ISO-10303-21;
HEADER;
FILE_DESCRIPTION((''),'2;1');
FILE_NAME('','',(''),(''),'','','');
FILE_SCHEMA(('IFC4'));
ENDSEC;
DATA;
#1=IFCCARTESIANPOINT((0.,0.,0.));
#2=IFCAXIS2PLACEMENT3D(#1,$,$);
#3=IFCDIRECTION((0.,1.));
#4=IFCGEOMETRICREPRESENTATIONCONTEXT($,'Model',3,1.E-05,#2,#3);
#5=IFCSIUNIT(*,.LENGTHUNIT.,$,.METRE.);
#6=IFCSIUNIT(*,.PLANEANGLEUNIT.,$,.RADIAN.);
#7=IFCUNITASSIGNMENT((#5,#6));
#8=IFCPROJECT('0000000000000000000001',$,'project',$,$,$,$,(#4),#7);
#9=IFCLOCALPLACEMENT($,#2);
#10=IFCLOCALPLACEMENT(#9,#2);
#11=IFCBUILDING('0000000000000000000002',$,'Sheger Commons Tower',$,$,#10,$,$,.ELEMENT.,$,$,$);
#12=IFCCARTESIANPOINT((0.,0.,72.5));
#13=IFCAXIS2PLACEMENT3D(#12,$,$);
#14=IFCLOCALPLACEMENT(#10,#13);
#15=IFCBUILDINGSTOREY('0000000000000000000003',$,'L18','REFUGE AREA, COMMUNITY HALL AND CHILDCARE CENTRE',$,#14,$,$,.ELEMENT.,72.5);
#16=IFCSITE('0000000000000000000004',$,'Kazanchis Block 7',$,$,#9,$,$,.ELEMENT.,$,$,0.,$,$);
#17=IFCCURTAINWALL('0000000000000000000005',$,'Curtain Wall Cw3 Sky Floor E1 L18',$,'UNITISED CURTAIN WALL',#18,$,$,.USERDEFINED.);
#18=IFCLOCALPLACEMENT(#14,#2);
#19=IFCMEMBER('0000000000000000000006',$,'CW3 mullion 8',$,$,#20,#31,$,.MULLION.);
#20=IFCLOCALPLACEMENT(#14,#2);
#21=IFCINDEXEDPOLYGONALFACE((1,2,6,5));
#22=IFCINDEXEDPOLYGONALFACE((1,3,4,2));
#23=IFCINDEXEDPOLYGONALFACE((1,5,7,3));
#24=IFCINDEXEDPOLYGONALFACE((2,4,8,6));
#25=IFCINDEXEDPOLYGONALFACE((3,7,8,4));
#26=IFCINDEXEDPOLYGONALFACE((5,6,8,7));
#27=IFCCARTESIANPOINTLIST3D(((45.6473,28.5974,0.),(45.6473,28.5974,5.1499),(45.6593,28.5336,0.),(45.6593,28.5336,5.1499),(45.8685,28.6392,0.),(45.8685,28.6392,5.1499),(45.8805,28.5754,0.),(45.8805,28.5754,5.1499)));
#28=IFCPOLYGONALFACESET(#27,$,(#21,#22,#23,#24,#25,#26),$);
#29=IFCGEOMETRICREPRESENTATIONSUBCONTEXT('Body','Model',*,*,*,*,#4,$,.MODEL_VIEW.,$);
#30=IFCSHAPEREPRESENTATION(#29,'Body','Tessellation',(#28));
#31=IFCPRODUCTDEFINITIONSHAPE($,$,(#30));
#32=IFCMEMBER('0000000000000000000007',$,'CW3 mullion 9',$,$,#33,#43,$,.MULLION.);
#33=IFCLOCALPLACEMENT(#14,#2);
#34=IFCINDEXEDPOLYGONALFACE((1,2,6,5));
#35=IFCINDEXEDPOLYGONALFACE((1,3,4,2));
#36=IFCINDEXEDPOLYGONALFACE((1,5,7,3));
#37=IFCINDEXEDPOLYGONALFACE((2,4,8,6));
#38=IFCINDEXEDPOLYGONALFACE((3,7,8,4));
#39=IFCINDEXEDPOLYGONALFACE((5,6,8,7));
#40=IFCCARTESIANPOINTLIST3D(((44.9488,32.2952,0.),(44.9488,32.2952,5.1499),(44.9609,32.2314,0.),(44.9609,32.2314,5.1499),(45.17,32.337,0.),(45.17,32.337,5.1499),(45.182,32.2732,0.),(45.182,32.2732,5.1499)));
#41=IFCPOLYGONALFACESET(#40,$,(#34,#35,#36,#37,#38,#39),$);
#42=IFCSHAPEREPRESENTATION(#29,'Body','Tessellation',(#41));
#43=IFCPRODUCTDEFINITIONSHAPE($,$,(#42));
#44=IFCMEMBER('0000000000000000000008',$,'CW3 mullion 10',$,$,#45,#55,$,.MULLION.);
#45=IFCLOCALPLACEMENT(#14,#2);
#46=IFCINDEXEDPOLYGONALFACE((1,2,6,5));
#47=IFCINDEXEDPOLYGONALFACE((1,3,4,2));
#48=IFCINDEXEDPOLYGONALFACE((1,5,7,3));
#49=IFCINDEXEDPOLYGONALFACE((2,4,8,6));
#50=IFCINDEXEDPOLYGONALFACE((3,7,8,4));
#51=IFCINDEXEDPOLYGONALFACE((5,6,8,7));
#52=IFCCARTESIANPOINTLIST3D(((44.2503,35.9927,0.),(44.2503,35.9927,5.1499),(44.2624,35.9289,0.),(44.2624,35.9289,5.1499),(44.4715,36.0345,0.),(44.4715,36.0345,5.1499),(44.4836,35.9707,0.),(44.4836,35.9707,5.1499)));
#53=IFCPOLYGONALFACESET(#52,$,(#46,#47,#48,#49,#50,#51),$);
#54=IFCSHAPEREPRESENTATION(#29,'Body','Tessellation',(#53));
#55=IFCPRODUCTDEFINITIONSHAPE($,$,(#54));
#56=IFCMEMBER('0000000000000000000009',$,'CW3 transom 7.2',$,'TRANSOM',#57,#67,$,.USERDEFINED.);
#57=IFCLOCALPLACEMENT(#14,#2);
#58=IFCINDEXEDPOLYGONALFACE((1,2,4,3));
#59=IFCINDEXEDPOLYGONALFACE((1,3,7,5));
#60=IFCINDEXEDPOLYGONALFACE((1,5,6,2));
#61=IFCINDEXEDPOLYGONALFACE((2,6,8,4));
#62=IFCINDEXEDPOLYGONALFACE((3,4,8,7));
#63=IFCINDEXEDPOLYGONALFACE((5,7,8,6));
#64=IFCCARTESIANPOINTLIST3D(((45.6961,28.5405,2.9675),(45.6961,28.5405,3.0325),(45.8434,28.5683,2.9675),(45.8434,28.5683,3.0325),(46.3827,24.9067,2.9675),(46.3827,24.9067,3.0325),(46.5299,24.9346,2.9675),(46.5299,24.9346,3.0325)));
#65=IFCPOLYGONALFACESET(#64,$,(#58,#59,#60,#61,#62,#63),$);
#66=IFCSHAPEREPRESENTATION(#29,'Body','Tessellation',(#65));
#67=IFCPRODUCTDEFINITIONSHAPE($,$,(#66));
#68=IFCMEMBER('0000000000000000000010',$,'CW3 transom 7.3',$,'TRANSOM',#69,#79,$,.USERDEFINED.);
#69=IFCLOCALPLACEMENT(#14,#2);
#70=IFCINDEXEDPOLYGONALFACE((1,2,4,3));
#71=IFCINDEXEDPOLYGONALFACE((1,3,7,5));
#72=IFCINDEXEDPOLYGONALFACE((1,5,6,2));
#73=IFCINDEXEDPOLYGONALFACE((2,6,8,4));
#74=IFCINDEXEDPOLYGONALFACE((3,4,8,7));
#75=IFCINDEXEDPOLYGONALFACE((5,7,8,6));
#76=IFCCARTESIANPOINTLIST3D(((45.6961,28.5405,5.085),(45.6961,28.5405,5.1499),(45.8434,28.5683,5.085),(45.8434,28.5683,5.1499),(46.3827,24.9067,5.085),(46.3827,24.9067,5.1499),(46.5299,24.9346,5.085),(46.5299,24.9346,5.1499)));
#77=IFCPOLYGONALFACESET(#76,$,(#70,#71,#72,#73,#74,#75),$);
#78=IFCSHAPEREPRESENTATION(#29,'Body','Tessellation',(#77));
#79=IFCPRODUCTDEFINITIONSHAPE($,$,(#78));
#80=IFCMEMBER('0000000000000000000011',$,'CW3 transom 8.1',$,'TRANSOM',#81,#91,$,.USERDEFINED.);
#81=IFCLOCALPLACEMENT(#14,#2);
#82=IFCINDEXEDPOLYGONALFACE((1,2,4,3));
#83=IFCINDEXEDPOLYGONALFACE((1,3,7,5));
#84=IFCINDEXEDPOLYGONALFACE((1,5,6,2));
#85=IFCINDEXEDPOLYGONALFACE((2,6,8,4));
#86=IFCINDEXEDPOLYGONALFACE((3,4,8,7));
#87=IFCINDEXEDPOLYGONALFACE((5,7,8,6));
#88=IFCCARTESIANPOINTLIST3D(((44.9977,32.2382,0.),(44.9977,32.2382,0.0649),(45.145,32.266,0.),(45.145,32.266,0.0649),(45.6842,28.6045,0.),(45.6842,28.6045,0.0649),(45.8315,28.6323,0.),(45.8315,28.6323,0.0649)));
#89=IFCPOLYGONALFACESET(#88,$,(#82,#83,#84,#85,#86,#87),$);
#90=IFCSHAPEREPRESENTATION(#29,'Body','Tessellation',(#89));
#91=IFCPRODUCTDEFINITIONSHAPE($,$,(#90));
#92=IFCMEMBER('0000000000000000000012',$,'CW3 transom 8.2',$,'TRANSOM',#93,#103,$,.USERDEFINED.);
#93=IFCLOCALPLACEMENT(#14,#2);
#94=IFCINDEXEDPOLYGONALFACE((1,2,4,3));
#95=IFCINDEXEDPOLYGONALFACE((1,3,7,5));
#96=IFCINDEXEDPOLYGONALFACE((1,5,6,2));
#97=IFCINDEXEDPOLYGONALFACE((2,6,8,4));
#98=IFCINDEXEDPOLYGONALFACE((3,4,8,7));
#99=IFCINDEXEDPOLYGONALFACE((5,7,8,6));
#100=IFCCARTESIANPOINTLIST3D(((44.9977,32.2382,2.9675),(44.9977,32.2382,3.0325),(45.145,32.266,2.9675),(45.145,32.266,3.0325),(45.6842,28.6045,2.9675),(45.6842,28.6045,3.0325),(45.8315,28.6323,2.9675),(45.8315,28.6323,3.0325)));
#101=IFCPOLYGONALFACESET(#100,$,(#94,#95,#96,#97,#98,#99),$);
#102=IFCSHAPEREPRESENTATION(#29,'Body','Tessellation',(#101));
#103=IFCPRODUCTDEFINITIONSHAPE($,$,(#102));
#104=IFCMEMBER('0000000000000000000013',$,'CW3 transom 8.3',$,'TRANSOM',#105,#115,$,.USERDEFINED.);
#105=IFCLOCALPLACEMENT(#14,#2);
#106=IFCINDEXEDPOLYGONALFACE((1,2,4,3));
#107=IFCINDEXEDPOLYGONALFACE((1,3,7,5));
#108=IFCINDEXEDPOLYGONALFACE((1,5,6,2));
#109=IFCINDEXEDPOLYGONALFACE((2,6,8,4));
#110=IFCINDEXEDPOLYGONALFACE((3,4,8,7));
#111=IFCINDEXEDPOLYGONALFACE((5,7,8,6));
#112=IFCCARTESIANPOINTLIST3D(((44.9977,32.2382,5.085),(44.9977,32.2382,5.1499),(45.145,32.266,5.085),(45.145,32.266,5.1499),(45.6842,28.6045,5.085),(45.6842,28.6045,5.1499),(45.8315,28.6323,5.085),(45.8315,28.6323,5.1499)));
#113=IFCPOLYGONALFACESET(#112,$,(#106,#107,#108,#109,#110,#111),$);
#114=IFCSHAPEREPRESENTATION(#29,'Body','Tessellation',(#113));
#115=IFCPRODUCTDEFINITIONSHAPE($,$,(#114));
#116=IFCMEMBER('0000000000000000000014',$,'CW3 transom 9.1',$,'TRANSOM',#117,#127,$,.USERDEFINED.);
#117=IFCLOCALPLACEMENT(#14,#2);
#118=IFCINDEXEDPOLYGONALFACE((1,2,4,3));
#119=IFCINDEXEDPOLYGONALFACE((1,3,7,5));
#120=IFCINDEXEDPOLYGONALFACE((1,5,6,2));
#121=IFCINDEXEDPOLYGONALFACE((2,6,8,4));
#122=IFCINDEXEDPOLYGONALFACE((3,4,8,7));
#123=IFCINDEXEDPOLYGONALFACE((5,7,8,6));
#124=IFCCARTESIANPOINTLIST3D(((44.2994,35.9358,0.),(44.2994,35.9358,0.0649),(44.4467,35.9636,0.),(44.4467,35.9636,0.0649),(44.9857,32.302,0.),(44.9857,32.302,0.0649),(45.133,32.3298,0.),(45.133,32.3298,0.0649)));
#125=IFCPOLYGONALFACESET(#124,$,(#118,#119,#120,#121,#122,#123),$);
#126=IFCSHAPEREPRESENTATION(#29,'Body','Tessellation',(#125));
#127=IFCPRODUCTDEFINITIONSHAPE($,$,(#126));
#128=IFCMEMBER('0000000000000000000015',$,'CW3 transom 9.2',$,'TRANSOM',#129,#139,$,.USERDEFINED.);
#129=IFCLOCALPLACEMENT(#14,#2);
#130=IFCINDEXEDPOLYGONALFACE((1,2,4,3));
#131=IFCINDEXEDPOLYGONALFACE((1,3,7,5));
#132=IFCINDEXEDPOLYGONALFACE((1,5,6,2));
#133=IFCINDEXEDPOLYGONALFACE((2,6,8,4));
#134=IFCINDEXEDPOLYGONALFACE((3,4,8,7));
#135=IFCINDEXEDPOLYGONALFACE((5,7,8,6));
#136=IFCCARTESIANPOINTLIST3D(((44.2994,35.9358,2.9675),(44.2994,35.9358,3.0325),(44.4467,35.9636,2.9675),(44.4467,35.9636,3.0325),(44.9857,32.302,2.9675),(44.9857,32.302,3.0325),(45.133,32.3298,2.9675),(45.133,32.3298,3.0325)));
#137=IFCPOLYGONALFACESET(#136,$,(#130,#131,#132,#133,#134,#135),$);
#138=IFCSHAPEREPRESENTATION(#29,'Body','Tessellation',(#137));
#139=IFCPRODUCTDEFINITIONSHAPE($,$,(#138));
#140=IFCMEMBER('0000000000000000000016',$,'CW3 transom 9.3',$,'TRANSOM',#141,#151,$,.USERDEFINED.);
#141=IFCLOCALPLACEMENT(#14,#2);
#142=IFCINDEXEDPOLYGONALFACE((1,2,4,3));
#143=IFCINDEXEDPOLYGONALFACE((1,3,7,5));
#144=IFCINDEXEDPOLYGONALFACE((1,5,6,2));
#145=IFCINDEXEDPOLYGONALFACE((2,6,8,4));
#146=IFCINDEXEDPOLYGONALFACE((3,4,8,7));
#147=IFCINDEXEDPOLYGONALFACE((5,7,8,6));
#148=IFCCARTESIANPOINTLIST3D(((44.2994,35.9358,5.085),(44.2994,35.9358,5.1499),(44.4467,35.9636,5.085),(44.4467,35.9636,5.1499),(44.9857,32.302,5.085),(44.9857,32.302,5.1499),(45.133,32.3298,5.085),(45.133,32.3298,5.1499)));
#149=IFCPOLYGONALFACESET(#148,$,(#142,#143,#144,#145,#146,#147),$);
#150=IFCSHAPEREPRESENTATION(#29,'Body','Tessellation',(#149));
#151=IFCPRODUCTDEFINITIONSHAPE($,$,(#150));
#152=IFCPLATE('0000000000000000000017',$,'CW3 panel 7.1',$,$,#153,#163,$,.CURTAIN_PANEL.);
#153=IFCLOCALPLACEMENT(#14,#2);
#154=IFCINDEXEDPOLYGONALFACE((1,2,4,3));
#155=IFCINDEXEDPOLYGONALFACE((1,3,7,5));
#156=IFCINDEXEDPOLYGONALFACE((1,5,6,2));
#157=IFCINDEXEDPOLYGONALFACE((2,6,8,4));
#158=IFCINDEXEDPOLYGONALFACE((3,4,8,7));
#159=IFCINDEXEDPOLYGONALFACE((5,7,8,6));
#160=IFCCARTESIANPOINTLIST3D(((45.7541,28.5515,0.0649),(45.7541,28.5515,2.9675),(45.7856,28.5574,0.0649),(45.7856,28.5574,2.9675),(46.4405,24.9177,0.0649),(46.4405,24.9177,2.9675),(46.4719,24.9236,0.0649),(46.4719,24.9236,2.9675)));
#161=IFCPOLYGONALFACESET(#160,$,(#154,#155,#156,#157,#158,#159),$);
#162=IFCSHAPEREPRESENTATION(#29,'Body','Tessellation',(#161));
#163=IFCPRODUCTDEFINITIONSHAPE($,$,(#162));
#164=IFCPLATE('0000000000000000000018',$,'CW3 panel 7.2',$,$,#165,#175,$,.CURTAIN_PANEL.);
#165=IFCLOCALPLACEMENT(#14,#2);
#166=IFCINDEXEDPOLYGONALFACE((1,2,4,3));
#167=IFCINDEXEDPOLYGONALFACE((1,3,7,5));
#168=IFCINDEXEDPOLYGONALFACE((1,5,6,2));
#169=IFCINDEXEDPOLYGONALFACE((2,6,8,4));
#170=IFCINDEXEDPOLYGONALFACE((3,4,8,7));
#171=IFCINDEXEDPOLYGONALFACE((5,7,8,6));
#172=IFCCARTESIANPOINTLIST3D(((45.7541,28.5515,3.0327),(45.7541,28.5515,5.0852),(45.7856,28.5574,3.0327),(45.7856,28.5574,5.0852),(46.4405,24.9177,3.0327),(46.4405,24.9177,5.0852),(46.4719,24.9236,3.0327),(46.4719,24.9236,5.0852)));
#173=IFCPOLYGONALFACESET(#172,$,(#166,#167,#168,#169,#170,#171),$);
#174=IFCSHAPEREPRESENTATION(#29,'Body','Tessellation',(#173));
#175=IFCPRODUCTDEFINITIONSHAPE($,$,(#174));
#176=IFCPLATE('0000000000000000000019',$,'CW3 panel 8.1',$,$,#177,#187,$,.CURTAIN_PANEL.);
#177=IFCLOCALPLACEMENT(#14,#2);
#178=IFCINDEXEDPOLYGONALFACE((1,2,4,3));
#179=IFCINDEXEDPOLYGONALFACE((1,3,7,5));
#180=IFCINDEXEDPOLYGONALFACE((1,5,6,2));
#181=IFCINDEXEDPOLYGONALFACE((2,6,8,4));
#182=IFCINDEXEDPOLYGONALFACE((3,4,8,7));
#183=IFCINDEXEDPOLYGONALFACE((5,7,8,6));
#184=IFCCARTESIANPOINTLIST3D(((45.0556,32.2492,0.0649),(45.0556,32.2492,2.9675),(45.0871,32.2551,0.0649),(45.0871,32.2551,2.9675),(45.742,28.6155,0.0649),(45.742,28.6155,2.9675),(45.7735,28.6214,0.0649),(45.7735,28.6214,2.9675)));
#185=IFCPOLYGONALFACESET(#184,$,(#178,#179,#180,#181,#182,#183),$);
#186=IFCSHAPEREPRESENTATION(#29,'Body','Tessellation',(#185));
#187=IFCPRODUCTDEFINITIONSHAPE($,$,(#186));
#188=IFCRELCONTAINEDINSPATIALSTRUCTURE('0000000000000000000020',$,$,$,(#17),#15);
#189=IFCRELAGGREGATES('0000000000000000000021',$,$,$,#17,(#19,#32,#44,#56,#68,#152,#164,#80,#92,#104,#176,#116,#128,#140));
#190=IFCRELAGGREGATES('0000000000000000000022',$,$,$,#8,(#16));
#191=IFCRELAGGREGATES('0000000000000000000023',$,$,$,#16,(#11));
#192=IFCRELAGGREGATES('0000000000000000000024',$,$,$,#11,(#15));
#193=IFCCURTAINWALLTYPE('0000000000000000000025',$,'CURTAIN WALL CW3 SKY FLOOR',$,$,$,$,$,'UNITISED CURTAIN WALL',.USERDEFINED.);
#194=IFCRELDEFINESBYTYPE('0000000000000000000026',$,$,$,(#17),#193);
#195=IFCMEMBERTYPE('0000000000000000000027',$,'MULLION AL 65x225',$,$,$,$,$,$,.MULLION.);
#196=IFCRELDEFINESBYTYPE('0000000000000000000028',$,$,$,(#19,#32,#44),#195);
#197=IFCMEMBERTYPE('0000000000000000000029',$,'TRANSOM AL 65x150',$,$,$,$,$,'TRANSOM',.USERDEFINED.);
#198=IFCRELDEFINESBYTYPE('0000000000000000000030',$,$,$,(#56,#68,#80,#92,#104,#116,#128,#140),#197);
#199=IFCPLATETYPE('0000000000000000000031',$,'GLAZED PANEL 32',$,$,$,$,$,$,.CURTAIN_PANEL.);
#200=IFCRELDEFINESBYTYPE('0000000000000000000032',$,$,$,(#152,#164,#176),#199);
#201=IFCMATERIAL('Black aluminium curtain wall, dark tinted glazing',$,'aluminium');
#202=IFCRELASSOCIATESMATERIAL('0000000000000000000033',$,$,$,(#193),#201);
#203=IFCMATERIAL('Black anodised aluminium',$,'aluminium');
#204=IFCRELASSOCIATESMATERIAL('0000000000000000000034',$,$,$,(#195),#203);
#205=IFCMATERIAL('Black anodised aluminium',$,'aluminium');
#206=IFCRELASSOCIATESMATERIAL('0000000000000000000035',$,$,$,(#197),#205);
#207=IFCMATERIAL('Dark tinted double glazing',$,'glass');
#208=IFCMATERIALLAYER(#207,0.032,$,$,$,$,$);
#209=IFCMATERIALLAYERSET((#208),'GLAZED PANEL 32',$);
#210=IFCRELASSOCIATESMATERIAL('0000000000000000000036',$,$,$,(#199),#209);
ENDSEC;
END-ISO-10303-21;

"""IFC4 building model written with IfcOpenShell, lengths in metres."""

from ifc_helpers import new_model, si_unit, direction, frame, origin, origin_2d, place, context, subcontext, project, spatial, rectangle, extrude, material, layer, layer_set, material_profile, profile_set, type_object, element, aggregate, save


model = new_model("IFC4")

# Units and contexts
model_context = context("Model", 3, precision=1e-05, world=origin(), true_north=direction((0.0, 1.0)))
body_context = subcontext(model_context, "Body", "Model", "MODEL_VIEW")
ifc_project = project(units=[si_unit("LENGTHUNIT", "METRE"), si_unit("PLANEANGLEUNIT", "RADIAN")], contexts=[model_context])

# Site, building, storey
site_placement = place(None, origin())
site = spatial("IfcSite", under=ifc_project, at=site_placement, Name="Kazanchis Block 7", CompositionType="ELEMENT", RefElevation=0.0)
building_placement = place(site_placement, origin())
building = spatial("IfcBuilding", under=site, at=building_placement, Name="Sheger Commons Tower", CompositionType="ELEMENT")
storey_placement = place(building_placement, frame((0.0, 0.0, 72.5)))
storey = spatial("IfcBuildingStorey", under=building, at=storey_placement, Name="L18", Description="REFUGE AREA, COMMUNITY HALL AND CHILDCARE CENTRE", CompositionType="ELEMENT", Elevation=72.5)

# Curtain wall, members, plates
ifc_material_1 = material(Name="Black aluminium curtain wall, dark tinted glazing", Category="aluminium")
curtain_wall_type = type_object("IfcCurtainWallType", Name="CURTAIN WALL CW3 SKY FLOOR", ElementType="UNITISED CURTAIN WALL", PredefinedType="USERDEFINED", material=ifc_material_1)
curtain_wall_placement = place(storey_placement, origin())
curtain_wall = element("IfcCurtainWall", 1, at=curtain_wall_placement, inside=storey, type_object=curtain_wall_type, Name="Curtain Wall Cw3 Sky Floor E1 L18", ObjectType="UNITISED CURTAIN WALL", PredefinedType="USERDEFINED")
ifc_material_2 = material(Name="Black anodised aluminium", Category="aluminium")
ifc_material_profile_1 = material_profile(ifc_material_2, rectangle(XDim=0.2251, YDim=0.0649, at=origin_2d()), Name="AL 65x225")
ifc_profile_set_1 = profile_set([ifc_material_profile_1], Name="Black anodised aluminium")
member_type_1 = type_object("IfcMemberType", Name="MULLION AL 65x225", PredefinedType="MULLION", material=ifc_profile_set_1)
member_1_placement = place(storey_placement, frame((45.7639, 28.5864, 0.0), z_axis=(0.0, 0.0, 1.0), x_axis=(-0.982624, -0.18561, 0.0)))
member_1 = element("IfcMember", 2, at=member_1_placement, type_object=member_type_1, Name="CW3 mullion 8", PredefinedType="MULLION", context=body_context, shape_type="SweptSolid", body=[
    extrude(rectangle(XDim=0.2251, YDim=0.0649, at=origin_2d()), origin(), (0.0, 0.0, 1.0), 5.1499),
])
member_2_placement = place(storey_placement, frame((45.0654, 32.2842, 0.0), z_axis=(0.0, 0.0, 1.0), x_axis=(-0.982624, -0.18561, 0.0)))
member_2 = element("IfcMember", 3, at=member_2_placement, type_object=member_type_1, Name="CW3 mullion 9", PredefinedType="MULLION", context=body_context, shape_type="SweptSolid", body=[
    extrude(rectangle(XDim=0.2251, YDim=0.0649, at=origin_2d()), origin(), (0.0, 0.0, 1.0), 5.1499),
])
member_3_placement = place(storey_placement, frame((44.3669, 35.9817, 0.0), z_axis=(0.0, 0.0, 1.0), x_axis=(-0.982624, -0.18561, 0.0)))
member_3 = element("IfcMember", 4, at=member_3_placement, type_object=member_type_1, Name="CW3 mullion 10", PredefinedType="MULLION", context=body_context, shape_type="SweptSolid", body=[
    extrude(rectangle(XDim=0.2251, YDim=0.0649, at=origin_2d()), origin(), (0.0, 0.0, 1.0), 5.1499),
])
ifc_material_3 = material(Name="Black anodised aluminium", Category="aluminium")
ifc_material_profile_2 = material_profile(ifc_material_3, rectangle(XDim=0.1499, YDim=0.0649, at=origin_2d()), Name="AL 65x150")
ifc_profile_set_2 = profile_set([ifc_material_profile_2], Name="Black anodised aluminium")
member_type_2 = type_object("IfcMemberType", Name="TRANSOM AL 65x150", ElementType="TRANSOM", PredefinedType="USERDEFINED", material=ifc_profile_set_2)
member_4_placement = place(storey_placement, frame((46.4563, 24.9207, 3.0), z_axis=(-0.185644, 0.982617, 0.0), x_axis=(-0.982617, -0.185644, 0.0)))
member_4 = element("IfcMember", 5, at=member_4_placement, type_object=member_type_2, Name="CW3 transom 7.2", ObjectType="TRANSOM", PredefinedType="USERDEFINED", context=body_context, shape_type="SweptSolid", body=[
    extrude(rectangle(XDim=0.1499, YDim=0.0649, at=origin_2d()), origin(), (0.0, 0.0, 1.0), 3.698),
])
member_5_placement = place(storey_placement, frame((46.4563, 24.9207, 5.1174), z_axis=(-0.185644, 0.982617, 0.0), x_axis=(-0.982617, -0.185644, 0.0)))
member_5 = element("IfcMember", 6, at=member_5_placement, type_object=member_type_2, Name="CW3 transom 7.3", ObjectType="TRANSOM", PredefinedType="USERDEFINED", context=body_context, shape_type="SweptSolid", body=[
    extrude(rectangle(XDim=0.1499, YDim=0.0649, at=origin_2d()), origin(), (0.0, 0.0, 1.0), 3.698),
])
member_6_placement = place(storey_placement, frame((45.7578, 28.6184, 0.0325), z_axis=(-0.185644, 0.982617, 0.0), x_axis=(-0.982617, -0.185644, 0.0)))
member_6 = element("IfcMember", 7, at=member_6_placement, type_object=member_type_2, Name="CW3 transom 8.1", ObjectType="TRANSOM", PredefinedType="USERDEFINED", context=body_context, shape_type="SweptSolid", body=[
    extrude(rectangle(XDim=0.1499, YDim=0.0649, at=origin_2d()), origin(), (0.0, 0.0, 1.0), 3.698),
])
member_7_placement = place(storey_placement, frame((45.7578, 28.6184, 3.0), z_axis=(-0.185644, 0.982617, 0.0), x_axis=(-0.982617, -0.185644, 0.0)))
member_7 = element("IfcMember", 8, at=member_7_placement, type_object=member_type_2, Name="CW3 transom 8.2", ObjectType="TRANSOM", PredefinedType="USERDEFINED", context=body_context, shape_type="SweptSolid", body=[
    extrude(rectangle(XDim=0.1499, YDim=0.0649, at=origin_2d()), origin(), (0.0, 0.0, 1.0), 3.698),
])
member_8_placement = place(storey_placement, frame((45.7578, 28.6184, 5.1174), z_axis=(-0.185644, 0.982617, 0.0), x_axis=(-0.982617, -0.185644, 0.0)))
member_8 = element("IfcMember", 9, at=member_8_placement, type_object=member_type_2, Name="CW3 transom 8.3", ObjectType="TRANSOM", PredefinedType="USERDEFINED", context=body_context, shape_type="SweptSolid", body=[
    extrude(rectangle(XDim=0.1499, YDim=0.0649, at=origin_2d()), origin(), (0.0, 0.0, 1.0), 3.698),
])
member_9_placement = place(storey_placement, frame((45.0593, 32.3159, 0.0325), z_axis=(-0.18558, 0.982629, 0.0), x_axis=(-0.982629, -0.18558, 0.0)))
member_9 = element("IfcMember", 10, at=member_9_placement, type_object=member_type_2, Name="CW3 transom 9.1", ObjectType="TRANSOM", PredefinedType="USERDEFINED", context=body_context, shape_type="SweptSolid", body=[
    extrude(rectangle(XDim=0.1499, YDim=0.0649, at=origin_2d()), origin(), (0.0, 0.0, 1.0), 3.698),
])
member_10_placement = place(storey_placement, frame((45.0593, 32.3159, 3.0), z_axis=(-0.18558, 0.982629, 0.0), x_axis=(-0.982629, -0.18558, 0.0)))
member_10 = element("IfcMember", 11, at=member_10_placement, type_object=member_type_2, Name="CW3 transom 9.2", ObjectType="TRANSOM", PredefinedType="USERDEFINED", context=body_context, shape_type="SweptSolid", body=[
    extrude(rectangle(XDim=0.1499, YDim=0.0649, at=origin_2d()), origin(), (0.0, 0.0, 1.0), 3.698),
])
member_11_placement = place(storey_placement, frame((45.0593, 32.3159, 5.1174), z_axis=(-0.18558, 0.982629, 0.0), x_axis=(-0.982629, -0.18558, 0.0)))
member_11 = element("IfcMember", 12, at=member_11_placement, type_object=member_type_2, Name="CW3 transom 9.3", ObjectType="TRANSOM", PredefinedType="USERDEFINED", context=body_context, shape_type="SweptSolid", body=[
    extrude(rectangle(XDim=0.1499, YDim=0.0649, at=origin_2d()), origin(), (0.0, 0.0, 1.0), 3.698),
])
ifc_material_4 = material(Name="Dark tinted double glazing", Category="glass")
ifc_layer_1 = layer(ifc_material_4, 0.032)
ifc_layer_set_1 = layer_set([ifc_layer_1], Name="GLAZED PANEL 32")
plate_type_1 = type_object("IfcPlateType", Name="GLAZED PANEL 32", PredefinedType="CURTAIN_PANEL", material=ifc_layer_set_1)
plate_1_placement = place(storey_placement, frame((46.113, 26.7375, 0.0649), z_axis=(0.0, 0.0, 1.0), x_axis=(-0.18561, 0.982624, 0.0)))
plate_1 = element("IfcPlate", 13, at=plate_1_placement, type_object=plate_type_1, Name="CW3 panel 7.1", PredefinedType="CURTAIN_PANEL", context=body_context, shape_type="SweptSolid", body=[
    extrude(rectangle(XDim=3.698, YDim=0.032, at=origin_2d()), origin(), (0.0, 0.0, 1.0), 2.9026),
])
plate_2_placement = place(storey_placement, frame((46.113, 26.7375, 3.0327), z_axis=(0.0, 0.0, 1.0), x_axis=(-0.18561, 0.982624, 0.0)))
plate_2 = element("IfcPlate", 14, at=plate_2_placement, type_object=plate_type_1, Name="CW3 panel 7.2", PredefinedType="CURTAIN_PANEL", context=body_context, shape_type="SweptSolid", body=[
    extrude(rectangle(XDim=3.698, YDim=0.032, at=origin_2d()), origin(), (0.0, 0.0, 1.0), 2.0525),
])
plate_3_placement = place(storey_placement, frame((45.4146, 30.4353, 0.0649), z_axis=(0.0, 0.0, 1.0), x_axis=(-0.18561, 0.982624, 0.0)))
plate_3 = element("IfcPlate", 15, at=plate_3_placement, type_object=plate_type_1, Name="CW3 panel 8.1", PredefinedType="CURTAIN_PANEL", context=body_context, shape_type="SweptSolid", body=[
    extrude(rectangle(XDim=3.698, YDim=0.032, at=origin_2d()), origin(), (0.0, 0.0, 1.0), 2.9026),
])
aggregate(curtain_wall, [member_1, member_2, member_3, member_4, member_5, plate_1, plate_2, member_6, member_7, member_8, plate_3, member_9, member_10, member_11])

save(model, "model.ifc")
